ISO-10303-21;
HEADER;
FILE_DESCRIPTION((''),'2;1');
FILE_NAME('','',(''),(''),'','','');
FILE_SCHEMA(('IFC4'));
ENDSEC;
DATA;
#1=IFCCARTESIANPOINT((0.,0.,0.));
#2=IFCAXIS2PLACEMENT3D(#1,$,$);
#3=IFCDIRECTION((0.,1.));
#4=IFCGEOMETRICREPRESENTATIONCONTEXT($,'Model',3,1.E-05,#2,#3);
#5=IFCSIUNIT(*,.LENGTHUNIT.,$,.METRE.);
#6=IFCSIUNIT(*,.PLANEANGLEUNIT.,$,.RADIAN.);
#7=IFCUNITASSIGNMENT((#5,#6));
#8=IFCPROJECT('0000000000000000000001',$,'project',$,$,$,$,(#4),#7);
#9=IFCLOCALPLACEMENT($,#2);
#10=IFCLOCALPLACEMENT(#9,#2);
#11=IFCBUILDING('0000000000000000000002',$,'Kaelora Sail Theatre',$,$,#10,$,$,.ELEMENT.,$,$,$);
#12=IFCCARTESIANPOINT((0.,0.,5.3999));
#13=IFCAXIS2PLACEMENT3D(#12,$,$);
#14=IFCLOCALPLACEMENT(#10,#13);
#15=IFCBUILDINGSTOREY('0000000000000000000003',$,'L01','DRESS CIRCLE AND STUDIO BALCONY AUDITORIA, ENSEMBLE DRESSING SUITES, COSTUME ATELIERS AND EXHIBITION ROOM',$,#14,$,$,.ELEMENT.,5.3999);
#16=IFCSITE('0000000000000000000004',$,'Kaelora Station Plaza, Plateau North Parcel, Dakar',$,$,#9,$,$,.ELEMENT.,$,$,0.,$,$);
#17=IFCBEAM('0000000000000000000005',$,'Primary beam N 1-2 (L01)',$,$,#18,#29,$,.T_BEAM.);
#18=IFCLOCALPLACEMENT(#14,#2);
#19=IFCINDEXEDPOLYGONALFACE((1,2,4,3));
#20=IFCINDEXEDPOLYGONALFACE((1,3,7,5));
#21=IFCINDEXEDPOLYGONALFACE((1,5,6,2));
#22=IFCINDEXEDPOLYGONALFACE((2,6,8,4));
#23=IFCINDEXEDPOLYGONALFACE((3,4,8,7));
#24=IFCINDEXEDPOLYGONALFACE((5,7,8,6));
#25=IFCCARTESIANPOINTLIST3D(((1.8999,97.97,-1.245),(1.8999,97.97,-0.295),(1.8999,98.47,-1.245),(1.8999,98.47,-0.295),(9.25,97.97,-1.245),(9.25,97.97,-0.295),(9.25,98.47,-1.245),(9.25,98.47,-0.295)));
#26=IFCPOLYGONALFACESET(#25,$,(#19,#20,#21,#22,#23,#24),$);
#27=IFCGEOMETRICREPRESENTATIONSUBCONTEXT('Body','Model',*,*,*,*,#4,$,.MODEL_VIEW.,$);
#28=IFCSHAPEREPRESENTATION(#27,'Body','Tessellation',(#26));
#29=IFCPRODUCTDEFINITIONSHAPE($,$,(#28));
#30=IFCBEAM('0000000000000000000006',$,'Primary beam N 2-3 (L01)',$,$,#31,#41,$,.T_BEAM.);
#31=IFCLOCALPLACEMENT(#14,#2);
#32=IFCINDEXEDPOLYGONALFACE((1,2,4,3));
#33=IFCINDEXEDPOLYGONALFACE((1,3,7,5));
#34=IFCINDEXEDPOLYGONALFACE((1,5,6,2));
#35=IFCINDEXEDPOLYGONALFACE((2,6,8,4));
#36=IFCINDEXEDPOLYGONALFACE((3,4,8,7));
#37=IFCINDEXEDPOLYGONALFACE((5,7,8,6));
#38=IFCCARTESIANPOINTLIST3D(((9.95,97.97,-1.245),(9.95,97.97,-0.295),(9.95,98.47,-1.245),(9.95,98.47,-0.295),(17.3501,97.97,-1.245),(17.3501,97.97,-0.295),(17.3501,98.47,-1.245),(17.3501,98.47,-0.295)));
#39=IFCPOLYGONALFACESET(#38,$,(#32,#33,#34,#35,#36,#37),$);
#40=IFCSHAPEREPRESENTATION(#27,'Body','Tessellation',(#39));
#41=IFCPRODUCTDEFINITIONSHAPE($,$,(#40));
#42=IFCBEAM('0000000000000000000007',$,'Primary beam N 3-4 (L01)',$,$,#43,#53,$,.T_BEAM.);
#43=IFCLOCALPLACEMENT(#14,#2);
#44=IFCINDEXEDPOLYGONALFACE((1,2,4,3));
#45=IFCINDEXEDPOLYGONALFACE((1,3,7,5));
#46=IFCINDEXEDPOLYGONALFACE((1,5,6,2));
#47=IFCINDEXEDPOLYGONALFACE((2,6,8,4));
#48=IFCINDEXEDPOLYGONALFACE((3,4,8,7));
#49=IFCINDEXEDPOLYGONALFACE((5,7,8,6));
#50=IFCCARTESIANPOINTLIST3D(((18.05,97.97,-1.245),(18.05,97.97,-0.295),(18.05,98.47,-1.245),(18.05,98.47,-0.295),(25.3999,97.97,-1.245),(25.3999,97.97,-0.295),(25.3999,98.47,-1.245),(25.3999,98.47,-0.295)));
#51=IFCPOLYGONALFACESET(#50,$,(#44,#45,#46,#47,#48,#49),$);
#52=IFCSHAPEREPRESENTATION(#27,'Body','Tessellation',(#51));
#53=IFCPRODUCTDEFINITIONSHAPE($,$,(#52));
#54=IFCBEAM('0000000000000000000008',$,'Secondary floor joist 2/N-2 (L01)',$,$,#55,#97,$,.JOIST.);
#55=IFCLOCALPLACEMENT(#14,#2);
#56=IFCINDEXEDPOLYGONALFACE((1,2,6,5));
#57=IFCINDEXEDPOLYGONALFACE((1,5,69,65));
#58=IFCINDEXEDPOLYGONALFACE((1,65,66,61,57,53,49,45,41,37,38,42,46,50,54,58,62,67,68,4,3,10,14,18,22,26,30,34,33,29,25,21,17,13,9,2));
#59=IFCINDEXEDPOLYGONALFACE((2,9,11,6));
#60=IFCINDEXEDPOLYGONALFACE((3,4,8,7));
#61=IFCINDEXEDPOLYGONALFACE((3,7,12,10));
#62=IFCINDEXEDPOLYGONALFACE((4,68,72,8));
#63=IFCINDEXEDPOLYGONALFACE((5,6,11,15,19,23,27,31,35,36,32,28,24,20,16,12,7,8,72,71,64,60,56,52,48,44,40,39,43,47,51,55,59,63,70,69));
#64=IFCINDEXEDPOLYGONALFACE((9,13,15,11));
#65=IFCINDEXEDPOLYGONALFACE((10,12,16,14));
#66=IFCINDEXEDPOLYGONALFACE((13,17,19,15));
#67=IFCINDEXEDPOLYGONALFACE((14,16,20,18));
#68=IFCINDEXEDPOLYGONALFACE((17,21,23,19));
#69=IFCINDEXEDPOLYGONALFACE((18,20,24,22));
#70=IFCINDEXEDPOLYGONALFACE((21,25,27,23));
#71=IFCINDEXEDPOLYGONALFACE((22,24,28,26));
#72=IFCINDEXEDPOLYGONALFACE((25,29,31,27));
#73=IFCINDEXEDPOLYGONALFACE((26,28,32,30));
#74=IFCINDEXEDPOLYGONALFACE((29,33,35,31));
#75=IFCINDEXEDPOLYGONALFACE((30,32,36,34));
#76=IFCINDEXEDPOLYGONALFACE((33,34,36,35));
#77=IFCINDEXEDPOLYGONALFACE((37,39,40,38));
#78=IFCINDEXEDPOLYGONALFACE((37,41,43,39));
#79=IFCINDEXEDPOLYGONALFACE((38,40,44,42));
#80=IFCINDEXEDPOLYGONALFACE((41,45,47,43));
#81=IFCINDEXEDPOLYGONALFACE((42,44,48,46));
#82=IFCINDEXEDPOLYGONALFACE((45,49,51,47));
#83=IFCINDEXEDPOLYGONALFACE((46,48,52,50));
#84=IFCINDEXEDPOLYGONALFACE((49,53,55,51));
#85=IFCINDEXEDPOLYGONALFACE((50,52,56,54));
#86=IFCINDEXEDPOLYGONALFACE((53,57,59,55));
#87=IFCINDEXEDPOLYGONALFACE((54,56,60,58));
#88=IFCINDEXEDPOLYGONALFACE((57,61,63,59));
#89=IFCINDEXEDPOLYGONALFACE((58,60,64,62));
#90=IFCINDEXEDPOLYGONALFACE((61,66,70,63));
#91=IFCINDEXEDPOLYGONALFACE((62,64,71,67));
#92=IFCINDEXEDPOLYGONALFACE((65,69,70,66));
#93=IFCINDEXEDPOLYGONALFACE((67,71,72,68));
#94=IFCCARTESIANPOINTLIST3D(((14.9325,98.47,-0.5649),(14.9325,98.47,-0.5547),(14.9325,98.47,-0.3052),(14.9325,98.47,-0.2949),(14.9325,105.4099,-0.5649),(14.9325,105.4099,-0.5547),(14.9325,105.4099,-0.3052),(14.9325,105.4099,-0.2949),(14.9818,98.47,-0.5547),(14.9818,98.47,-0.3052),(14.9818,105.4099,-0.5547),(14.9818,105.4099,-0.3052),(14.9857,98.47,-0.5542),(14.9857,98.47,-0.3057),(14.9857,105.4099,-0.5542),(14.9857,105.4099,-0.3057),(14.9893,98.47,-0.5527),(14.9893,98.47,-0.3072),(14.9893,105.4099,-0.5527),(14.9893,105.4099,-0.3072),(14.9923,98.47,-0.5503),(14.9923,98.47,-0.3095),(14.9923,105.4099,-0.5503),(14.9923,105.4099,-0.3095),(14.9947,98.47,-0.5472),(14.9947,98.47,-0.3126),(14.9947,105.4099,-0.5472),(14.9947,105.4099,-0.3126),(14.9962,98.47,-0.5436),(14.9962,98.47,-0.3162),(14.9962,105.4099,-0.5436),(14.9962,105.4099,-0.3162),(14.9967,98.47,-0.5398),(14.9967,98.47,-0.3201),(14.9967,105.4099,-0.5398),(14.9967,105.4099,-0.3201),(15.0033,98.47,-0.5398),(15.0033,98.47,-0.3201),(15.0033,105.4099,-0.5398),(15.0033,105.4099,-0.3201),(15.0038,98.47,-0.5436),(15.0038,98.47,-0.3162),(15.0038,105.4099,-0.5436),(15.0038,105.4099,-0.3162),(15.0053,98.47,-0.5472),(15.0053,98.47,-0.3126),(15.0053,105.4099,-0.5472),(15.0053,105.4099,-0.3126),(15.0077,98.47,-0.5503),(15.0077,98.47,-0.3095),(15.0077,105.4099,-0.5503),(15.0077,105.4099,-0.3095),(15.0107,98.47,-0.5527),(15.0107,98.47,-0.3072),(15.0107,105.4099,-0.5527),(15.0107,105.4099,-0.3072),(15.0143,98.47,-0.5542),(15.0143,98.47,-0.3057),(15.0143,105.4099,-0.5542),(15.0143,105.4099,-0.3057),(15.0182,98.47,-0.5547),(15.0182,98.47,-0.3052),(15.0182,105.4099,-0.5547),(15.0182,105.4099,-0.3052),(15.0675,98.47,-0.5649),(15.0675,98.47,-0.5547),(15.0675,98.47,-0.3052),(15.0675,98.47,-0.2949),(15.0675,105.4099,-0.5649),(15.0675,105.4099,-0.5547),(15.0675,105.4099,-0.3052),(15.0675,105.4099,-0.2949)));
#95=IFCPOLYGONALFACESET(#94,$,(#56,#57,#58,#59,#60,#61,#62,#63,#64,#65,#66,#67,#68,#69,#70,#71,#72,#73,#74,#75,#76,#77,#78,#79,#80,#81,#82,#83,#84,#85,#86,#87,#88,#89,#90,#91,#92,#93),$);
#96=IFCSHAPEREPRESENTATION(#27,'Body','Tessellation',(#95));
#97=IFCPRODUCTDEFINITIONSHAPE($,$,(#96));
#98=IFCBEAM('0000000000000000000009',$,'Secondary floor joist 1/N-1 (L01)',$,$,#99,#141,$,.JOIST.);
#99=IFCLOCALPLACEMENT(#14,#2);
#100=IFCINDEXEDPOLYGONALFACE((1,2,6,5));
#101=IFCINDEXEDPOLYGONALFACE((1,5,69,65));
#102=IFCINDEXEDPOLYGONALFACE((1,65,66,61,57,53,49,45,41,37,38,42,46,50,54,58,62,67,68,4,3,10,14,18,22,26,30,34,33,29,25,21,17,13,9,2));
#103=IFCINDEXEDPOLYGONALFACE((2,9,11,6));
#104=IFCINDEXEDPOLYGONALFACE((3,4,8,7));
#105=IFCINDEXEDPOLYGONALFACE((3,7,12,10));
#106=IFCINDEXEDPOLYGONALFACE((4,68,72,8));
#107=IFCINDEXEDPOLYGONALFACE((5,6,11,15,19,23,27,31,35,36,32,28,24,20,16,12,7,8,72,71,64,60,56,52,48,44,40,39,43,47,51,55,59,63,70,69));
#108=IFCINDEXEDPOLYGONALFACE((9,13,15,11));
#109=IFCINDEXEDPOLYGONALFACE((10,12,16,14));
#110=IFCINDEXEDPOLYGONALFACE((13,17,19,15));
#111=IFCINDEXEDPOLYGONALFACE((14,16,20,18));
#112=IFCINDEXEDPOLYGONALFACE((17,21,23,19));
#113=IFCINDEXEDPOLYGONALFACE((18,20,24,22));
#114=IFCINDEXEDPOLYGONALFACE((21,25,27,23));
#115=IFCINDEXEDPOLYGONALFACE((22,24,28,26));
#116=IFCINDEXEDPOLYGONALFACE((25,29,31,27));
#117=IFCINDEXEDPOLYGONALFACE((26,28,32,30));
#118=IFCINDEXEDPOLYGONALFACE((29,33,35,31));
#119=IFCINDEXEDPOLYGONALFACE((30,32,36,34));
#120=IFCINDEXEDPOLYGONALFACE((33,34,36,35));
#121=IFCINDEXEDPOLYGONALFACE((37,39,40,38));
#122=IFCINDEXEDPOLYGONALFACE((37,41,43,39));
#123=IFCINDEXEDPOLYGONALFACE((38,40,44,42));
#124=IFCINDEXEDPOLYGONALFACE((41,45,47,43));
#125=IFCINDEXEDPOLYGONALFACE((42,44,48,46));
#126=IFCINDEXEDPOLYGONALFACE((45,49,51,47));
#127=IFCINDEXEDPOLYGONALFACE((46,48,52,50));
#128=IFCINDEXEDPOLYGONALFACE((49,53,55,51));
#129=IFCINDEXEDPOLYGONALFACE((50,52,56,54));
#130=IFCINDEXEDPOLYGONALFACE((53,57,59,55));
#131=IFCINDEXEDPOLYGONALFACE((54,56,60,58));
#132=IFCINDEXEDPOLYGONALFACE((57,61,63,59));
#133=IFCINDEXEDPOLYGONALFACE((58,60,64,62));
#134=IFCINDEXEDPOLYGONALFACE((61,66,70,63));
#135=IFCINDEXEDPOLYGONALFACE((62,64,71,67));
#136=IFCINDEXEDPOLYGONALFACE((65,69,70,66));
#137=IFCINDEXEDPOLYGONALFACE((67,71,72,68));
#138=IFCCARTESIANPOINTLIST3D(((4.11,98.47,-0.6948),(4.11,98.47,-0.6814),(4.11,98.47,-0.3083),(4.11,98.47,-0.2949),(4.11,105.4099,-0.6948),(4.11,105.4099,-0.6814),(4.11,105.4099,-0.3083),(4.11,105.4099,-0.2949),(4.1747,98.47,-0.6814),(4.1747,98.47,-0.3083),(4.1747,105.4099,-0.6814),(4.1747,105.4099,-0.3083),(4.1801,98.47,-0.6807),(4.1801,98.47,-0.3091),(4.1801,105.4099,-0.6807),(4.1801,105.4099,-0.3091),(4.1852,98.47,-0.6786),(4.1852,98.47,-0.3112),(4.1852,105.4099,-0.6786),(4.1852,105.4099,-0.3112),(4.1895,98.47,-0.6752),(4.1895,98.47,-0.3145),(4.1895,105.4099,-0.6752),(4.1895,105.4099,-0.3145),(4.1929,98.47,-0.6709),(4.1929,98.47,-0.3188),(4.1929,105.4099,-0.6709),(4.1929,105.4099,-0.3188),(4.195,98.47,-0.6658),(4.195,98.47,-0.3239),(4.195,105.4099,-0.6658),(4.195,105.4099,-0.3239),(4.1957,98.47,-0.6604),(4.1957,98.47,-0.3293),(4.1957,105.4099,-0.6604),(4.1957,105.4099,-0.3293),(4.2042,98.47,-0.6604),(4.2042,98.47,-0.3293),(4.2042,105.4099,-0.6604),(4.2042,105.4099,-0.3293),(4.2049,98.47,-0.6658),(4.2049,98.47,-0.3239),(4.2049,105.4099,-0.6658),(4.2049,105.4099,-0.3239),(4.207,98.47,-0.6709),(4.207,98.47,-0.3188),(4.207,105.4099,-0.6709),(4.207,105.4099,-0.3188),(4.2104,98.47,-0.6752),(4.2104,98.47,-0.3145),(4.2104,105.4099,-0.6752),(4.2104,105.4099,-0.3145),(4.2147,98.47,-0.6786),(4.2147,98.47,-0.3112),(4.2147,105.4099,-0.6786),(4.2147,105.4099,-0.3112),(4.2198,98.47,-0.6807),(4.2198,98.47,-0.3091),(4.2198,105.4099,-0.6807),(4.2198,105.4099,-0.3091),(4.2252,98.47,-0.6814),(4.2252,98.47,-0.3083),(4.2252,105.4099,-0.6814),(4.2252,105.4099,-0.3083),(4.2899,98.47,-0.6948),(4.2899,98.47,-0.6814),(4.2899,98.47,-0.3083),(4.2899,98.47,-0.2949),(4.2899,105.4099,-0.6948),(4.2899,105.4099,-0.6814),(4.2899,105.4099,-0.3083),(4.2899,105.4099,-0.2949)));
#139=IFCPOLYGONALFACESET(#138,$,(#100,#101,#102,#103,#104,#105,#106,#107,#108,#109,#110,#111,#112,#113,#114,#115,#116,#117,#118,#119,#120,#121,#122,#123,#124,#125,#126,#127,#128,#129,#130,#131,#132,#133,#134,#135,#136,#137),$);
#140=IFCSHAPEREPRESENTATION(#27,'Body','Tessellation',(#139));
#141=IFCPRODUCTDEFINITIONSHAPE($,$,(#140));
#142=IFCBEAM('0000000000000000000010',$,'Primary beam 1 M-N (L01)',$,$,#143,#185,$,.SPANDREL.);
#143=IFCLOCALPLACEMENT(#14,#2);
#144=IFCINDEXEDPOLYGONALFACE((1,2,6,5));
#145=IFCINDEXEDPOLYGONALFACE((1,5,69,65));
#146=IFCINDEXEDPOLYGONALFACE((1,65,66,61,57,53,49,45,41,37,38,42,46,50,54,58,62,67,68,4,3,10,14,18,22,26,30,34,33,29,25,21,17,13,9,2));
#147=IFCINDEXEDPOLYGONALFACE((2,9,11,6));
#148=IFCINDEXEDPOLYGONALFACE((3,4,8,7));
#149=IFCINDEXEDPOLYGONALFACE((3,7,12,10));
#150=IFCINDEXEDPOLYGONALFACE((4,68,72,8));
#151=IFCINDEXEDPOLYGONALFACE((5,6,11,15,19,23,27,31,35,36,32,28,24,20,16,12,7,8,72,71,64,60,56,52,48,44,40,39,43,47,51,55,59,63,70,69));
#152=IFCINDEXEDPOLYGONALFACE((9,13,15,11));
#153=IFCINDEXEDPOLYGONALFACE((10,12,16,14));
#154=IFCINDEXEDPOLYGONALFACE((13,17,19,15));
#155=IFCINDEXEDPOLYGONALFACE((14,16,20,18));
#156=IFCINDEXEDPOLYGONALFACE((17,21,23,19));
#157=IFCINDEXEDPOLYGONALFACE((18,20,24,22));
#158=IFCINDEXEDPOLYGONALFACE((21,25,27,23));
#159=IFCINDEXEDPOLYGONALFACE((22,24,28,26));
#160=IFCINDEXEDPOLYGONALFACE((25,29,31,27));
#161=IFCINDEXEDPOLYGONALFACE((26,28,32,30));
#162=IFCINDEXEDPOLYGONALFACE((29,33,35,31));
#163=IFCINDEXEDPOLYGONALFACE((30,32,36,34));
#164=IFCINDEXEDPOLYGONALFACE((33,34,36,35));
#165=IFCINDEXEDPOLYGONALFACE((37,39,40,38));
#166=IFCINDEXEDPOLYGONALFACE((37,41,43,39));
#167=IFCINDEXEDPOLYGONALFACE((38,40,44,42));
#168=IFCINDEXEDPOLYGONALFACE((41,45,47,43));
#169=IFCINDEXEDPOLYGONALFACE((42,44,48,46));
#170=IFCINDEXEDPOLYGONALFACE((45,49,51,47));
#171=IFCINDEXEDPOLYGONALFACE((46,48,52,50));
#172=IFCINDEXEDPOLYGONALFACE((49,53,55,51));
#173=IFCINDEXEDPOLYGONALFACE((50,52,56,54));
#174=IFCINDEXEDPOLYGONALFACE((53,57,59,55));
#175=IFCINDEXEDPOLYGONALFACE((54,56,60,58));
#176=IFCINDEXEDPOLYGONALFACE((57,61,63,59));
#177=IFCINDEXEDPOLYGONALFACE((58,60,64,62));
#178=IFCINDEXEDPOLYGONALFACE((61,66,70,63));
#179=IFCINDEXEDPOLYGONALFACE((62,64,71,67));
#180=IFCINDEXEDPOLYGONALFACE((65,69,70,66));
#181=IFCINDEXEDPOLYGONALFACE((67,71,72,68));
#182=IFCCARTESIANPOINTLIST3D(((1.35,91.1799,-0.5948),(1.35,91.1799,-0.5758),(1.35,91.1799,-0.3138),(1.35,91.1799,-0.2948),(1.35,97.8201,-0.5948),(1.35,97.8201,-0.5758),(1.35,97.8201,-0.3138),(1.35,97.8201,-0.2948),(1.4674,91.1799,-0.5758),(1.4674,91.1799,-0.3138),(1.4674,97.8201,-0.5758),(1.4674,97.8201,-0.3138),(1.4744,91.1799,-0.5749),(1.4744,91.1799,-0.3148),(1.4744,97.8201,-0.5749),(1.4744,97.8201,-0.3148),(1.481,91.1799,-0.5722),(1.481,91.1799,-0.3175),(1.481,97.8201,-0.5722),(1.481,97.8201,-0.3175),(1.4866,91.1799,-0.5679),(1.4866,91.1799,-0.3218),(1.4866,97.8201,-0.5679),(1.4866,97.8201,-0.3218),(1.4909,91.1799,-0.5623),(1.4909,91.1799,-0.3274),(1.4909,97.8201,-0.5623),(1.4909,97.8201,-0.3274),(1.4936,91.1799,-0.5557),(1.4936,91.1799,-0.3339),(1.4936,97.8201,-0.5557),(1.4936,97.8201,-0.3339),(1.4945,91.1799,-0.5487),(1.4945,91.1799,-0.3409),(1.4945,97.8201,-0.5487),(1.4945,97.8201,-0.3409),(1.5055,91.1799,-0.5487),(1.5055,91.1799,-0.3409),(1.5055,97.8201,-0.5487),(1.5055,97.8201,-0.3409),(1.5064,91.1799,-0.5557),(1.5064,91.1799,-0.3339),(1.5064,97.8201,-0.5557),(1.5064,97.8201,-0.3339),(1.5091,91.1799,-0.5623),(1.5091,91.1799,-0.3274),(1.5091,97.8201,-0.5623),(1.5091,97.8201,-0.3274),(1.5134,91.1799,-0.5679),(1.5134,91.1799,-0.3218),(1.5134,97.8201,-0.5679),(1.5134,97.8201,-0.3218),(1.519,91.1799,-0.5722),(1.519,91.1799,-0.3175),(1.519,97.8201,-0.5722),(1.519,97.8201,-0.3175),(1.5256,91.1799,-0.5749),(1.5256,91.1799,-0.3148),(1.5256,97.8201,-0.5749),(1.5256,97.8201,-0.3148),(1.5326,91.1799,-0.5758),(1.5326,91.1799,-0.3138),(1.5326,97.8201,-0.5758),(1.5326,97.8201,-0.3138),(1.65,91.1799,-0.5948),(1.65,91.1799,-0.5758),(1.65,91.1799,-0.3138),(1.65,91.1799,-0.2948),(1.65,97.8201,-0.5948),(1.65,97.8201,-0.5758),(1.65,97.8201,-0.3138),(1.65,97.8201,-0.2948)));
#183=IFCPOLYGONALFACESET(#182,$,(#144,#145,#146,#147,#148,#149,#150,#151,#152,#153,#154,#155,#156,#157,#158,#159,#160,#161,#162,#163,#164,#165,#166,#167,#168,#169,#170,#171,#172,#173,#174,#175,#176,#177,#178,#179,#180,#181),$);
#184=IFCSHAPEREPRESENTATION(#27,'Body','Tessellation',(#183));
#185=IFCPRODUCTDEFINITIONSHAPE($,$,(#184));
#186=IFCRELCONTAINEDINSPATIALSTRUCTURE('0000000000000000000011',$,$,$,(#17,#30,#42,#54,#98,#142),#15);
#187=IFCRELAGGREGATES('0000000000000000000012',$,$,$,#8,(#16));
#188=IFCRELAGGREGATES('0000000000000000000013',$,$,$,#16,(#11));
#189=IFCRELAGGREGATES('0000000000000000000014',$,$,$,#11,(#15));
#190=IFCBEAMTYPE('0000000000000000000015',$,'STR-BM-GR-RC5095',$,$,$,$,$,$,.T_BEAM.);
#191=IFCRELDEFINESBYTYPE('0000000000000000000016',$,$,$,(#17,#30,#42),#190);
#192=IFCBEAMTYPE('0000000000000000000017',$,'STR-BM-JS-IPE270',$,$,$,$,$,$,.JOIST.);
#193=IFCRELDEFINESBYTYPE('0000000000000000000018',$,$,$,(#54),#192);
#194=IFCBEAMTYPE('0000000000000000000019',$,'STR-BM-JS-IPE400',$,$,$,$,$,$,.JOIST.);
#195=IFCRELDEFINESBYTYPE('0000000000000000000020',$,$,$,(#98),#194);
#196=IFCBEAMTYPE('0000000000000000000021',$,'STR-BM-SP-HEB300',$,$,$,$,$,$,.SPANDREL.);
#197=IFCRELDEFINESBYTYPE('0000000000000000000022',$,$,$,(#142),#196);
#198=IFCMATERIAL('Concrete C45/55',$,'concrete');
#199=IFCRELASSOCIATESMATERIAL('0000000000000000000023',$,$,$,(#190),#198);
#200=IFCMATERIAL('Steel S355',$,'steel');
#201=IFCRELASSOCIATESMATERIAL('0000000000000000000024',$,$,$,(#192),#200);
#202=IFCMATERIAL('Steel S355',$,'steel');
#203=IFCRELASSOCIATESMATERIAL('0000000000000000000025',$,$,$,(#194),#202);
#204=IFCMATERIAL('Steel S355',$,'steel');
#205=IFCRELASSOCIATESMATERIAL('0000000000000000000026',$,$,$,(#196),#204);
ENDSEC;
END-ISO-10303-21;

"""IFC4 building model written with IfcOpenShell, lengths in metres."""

from ifc_helpers import new_model, si_unit, direction, frame, origin, origin_2d, place, context, subcontext, project, spatial, rectangle, i_section, extrude, material, material_profile, profile_set, type_object, element, save


model = new_model("IFC4")

# Units and contexts
model_context = context("Model", 3, precision=1e-05, world=origin(), true_north=direction((0.0, 1.0)))
body_context = subcontext(model_context, "Body", "Model", "MODEL_VIEW")
ifc_project = project(units=[si_unit("LENGTHUNIT", "METRE"), si_unit("PLANEANGLEUNIT", "RADIAN")], contexts=[model_context])

# Site, building, storey
site_placement = place(None, origin())
site = spatial("IfcSite", under=ifc_project, at=site_placement, Name="Kaelora Station Plaza, Plateau North Parcel, Dakar", CompositionType="ELEMENT", RefElevation=0.0)
building_placement = place(site_placement, origin())
building = spatial("IfcBuilding", under=site, at=building_placement, Name="Kaelora Sail Theatre", CompositionType="ELEMENT")
storey_placement = place(building_placement, frame((0.0, 0.0, 5.3999)))
storey = spatial("IfcBuildingStorey", under=building, at=storey_placement, Name="L01", Description="DRESS CIRCLE AND STUDIO BALCONY AUDITORIA, ENSEMBLE DRESSING SUITES, COSTUME ATELIERS AND EXHIBITION ROOM", CompositionType="ELEMENT", Elevation=5.3999)

# Beams
ifc_material_1 = material(Name="Concrete C45/55", Category="concrete")
ifc_material_profile_1 = material_profile(ifc_material_1, rectangle(XDim=0.5, YDim=0.95, at=origin_2d()), Name="RC-GRD 500x950")
ifc_profile_set_1 = profile_set([ifc_material_profile_1], Name="Concrete C45/55")
beam_type_1 = type_object("IfcBeamType", Name="STR-BM-GR-RC5095", PredefinedType="T_BEAM", material=ifc_profile_set_1)
beam_1_placement = place(storey_placement, frame((1.8999, 98.22, -0.77), z_axis=(1.0, 0.0, 0.0), x_axis=(0.0, 1.0, 0.0)))
element("IfcBeam", 1, at=beam_1_placement, inside=storey, type_object=beam_type_1, Name="Primary beam N 1-2 (L01)", PredefinedType="T_BEAM", context=body_context, shape_type="SweptSolid", body=[
    extrude(rectangle(XDim=0.5, YDim=0.95, at=origin_2d()), origin(), (0.0, 0.0, 1.0), 7.3501),
])
beam_2_placement = place(storey_placement, frame((9.95, 98.22, -0.77), z_axis=(1.0, 0.0, 0.0), x_axis=(0.0, 1.0, 0.0)))
element("IfcBeam", 2, at=beam_2_placement, inside=storey, type_object=beam_type_1, Name="Primary beam N 2-3 (L01)", PredefinedType="T_BEAM", context=body_context, shape_type="SweptSolid", body=[
    extrude(rectangle(XDim=0.5, YDim=0.95, at=origin_2d()), origin(), (0.0, 0.0, 1.0), 7.4001),
])
beam_3_placement = place(storey_placement, frame((18.05, 98.22, -0.77), z_axis=(1.0, 0.0, 0.0), x_axis=(0.0, 1.0, 0.0)))
element("IfcBeam", 3, at=beam_3_placement, inside=storey, type_object=beam_type_1, Name="Primary beam N 3-4 (L01)", PredefinedType="T_BEAM", context=body_context, shape_type="SweptSolid", body=[
    extrude(rectangle(XDim=0.5, YDim=0.95, at=origin_2d()), origin(), (0.0, 0.0, 1.0), 7.3499),
])
ifc_material_2 = material(Name="Steel S355", Category="steel")
ifc_material_profile_2 = material_profile(ifc_material_2, i_section(OverallWidth=0.135, OverallDepth=0.27, WebThickness=0.0066, FlangeThickness=0.0103, FilletRadius=0.0149, at=origin_2d()), Name="IPE 270")
ifc_profile_set_2 = profile_set([ifc_material_profile_2], Name="Steel S355")
beam_type_2 = type_object("IfcBeamType", Name="STR-BM-JS-IPE270", PredefinedType="JOIST", material=ifc_profile_set_2)
beam_4_placement = place(storey_placement, frame((15.0, 98.47, -0.4299), z_axis=(0.0, 1.0, 0.0), x_axis=(-1.0, 0.0, 0.0)))
element("IfcBeam", 4, at=beam_4_placement, inside=storey, type_object=beam_type_2, Name="Secondary floor joist 2/N-2 (L01)", PredefinedType="JOIST", context=body_context, shape_type="SweptSolid", body=[
    extrude(i_section(OverallWidth=0.135, OverallDepth=0.27, WebThickness=0.0066, FlangeThickness=0.0103, FilletRadius=0.0149, at=origin_2d()), origin(), (0.0, 0.0, 1.0), 6.9399),
])
ifc_material_3 = material(Name="Steel S355", Category="steel")
ifc_material_profile_3 = material_profile(ifc_material_3, i_section(OverallWidth=0.1799, OverallDepth=0.3999, WebThickness=0.0085, FlangeThickness=0.0134, FilletRadius=0.021, at=origin_2d()), Name="IPE 400")
ifc_profile_set_3 = profile_set([ifc_material_profile_3], Name="Steel S355")
beam_type_3 = type_object("IfcBeamType", Name="STR-BM-JS-IPE400", PredefinedType="JOIST", material=ifc_profile_set_3)
beam_5_placement = place(storey_placement, frame((4.2, 98.47, -0.4949), z_axis=(0.0, 1.0, 0.0), x_axis=(-1.0, 0.0, 0.0)))
element("IfcBeam", 5, at=beam_5_placement, inside=storey, type_object=beam_type_3, Name="Secondary floor joist 1/N-1 (L01)", PredefinedType="JOIST", context=body_context, shape_type="SweptSolid", body=[
    extrude(i_section(OverallWidth=0.1799, OverallDepth=0.3999, WebThickness=0.0085, FlangeThickness=0.0134, FilletRadius=0.021, at=origin_2d()), origin(), (0.0, 0.0, 1.0), 6.9399),
])
ifc_material_4 = material(Name="Steel S355", Category="steel")
ifc_material_profile_4 = material_profile(ifc_material_4, i_section(OverallWidth=0.3, OverallDepth=0.3, WebThickness=0.011, FlangeThickness=0.019, FilletRadius=0.0271, at=origin_2d()), Name="HEB 300")
ifc_profile_set_4 = profile_set([ifc_material_profile_4], Name="Steel S355")
beam_type_4 = type_object("IfcBeamType", Name="STR-BM-SP-HEB300", PredefinedType="SPANDREL", material=ifc_profile_set_4)
beam_6_placement = place(storey_placement, frame((1.5, 91.1799, -0.4448), z_axis=(0.0, 1.0, 0.0), x_axis=(-1.0, 0.0, 0.0)))
element("IfcBeam", 6, at=beam_6_placement, inside=storey, type_object=beam_type_4, Name="Primary beam 1 M-N (L01)", PredefinedType="SPANDREL", context=body_context, shape_type="SweptSolid", body=[
    extrude(i_section(OverallWidth=0.3, OverallDepth=0.3, WebThickness=0.011, FlangeThickness=0.019, FilletRadius=0.0271, at=origin_2d()), origin(), (0.0, 0.0, 1.0), 6.6401),
])

save(model, "model.ifc")
